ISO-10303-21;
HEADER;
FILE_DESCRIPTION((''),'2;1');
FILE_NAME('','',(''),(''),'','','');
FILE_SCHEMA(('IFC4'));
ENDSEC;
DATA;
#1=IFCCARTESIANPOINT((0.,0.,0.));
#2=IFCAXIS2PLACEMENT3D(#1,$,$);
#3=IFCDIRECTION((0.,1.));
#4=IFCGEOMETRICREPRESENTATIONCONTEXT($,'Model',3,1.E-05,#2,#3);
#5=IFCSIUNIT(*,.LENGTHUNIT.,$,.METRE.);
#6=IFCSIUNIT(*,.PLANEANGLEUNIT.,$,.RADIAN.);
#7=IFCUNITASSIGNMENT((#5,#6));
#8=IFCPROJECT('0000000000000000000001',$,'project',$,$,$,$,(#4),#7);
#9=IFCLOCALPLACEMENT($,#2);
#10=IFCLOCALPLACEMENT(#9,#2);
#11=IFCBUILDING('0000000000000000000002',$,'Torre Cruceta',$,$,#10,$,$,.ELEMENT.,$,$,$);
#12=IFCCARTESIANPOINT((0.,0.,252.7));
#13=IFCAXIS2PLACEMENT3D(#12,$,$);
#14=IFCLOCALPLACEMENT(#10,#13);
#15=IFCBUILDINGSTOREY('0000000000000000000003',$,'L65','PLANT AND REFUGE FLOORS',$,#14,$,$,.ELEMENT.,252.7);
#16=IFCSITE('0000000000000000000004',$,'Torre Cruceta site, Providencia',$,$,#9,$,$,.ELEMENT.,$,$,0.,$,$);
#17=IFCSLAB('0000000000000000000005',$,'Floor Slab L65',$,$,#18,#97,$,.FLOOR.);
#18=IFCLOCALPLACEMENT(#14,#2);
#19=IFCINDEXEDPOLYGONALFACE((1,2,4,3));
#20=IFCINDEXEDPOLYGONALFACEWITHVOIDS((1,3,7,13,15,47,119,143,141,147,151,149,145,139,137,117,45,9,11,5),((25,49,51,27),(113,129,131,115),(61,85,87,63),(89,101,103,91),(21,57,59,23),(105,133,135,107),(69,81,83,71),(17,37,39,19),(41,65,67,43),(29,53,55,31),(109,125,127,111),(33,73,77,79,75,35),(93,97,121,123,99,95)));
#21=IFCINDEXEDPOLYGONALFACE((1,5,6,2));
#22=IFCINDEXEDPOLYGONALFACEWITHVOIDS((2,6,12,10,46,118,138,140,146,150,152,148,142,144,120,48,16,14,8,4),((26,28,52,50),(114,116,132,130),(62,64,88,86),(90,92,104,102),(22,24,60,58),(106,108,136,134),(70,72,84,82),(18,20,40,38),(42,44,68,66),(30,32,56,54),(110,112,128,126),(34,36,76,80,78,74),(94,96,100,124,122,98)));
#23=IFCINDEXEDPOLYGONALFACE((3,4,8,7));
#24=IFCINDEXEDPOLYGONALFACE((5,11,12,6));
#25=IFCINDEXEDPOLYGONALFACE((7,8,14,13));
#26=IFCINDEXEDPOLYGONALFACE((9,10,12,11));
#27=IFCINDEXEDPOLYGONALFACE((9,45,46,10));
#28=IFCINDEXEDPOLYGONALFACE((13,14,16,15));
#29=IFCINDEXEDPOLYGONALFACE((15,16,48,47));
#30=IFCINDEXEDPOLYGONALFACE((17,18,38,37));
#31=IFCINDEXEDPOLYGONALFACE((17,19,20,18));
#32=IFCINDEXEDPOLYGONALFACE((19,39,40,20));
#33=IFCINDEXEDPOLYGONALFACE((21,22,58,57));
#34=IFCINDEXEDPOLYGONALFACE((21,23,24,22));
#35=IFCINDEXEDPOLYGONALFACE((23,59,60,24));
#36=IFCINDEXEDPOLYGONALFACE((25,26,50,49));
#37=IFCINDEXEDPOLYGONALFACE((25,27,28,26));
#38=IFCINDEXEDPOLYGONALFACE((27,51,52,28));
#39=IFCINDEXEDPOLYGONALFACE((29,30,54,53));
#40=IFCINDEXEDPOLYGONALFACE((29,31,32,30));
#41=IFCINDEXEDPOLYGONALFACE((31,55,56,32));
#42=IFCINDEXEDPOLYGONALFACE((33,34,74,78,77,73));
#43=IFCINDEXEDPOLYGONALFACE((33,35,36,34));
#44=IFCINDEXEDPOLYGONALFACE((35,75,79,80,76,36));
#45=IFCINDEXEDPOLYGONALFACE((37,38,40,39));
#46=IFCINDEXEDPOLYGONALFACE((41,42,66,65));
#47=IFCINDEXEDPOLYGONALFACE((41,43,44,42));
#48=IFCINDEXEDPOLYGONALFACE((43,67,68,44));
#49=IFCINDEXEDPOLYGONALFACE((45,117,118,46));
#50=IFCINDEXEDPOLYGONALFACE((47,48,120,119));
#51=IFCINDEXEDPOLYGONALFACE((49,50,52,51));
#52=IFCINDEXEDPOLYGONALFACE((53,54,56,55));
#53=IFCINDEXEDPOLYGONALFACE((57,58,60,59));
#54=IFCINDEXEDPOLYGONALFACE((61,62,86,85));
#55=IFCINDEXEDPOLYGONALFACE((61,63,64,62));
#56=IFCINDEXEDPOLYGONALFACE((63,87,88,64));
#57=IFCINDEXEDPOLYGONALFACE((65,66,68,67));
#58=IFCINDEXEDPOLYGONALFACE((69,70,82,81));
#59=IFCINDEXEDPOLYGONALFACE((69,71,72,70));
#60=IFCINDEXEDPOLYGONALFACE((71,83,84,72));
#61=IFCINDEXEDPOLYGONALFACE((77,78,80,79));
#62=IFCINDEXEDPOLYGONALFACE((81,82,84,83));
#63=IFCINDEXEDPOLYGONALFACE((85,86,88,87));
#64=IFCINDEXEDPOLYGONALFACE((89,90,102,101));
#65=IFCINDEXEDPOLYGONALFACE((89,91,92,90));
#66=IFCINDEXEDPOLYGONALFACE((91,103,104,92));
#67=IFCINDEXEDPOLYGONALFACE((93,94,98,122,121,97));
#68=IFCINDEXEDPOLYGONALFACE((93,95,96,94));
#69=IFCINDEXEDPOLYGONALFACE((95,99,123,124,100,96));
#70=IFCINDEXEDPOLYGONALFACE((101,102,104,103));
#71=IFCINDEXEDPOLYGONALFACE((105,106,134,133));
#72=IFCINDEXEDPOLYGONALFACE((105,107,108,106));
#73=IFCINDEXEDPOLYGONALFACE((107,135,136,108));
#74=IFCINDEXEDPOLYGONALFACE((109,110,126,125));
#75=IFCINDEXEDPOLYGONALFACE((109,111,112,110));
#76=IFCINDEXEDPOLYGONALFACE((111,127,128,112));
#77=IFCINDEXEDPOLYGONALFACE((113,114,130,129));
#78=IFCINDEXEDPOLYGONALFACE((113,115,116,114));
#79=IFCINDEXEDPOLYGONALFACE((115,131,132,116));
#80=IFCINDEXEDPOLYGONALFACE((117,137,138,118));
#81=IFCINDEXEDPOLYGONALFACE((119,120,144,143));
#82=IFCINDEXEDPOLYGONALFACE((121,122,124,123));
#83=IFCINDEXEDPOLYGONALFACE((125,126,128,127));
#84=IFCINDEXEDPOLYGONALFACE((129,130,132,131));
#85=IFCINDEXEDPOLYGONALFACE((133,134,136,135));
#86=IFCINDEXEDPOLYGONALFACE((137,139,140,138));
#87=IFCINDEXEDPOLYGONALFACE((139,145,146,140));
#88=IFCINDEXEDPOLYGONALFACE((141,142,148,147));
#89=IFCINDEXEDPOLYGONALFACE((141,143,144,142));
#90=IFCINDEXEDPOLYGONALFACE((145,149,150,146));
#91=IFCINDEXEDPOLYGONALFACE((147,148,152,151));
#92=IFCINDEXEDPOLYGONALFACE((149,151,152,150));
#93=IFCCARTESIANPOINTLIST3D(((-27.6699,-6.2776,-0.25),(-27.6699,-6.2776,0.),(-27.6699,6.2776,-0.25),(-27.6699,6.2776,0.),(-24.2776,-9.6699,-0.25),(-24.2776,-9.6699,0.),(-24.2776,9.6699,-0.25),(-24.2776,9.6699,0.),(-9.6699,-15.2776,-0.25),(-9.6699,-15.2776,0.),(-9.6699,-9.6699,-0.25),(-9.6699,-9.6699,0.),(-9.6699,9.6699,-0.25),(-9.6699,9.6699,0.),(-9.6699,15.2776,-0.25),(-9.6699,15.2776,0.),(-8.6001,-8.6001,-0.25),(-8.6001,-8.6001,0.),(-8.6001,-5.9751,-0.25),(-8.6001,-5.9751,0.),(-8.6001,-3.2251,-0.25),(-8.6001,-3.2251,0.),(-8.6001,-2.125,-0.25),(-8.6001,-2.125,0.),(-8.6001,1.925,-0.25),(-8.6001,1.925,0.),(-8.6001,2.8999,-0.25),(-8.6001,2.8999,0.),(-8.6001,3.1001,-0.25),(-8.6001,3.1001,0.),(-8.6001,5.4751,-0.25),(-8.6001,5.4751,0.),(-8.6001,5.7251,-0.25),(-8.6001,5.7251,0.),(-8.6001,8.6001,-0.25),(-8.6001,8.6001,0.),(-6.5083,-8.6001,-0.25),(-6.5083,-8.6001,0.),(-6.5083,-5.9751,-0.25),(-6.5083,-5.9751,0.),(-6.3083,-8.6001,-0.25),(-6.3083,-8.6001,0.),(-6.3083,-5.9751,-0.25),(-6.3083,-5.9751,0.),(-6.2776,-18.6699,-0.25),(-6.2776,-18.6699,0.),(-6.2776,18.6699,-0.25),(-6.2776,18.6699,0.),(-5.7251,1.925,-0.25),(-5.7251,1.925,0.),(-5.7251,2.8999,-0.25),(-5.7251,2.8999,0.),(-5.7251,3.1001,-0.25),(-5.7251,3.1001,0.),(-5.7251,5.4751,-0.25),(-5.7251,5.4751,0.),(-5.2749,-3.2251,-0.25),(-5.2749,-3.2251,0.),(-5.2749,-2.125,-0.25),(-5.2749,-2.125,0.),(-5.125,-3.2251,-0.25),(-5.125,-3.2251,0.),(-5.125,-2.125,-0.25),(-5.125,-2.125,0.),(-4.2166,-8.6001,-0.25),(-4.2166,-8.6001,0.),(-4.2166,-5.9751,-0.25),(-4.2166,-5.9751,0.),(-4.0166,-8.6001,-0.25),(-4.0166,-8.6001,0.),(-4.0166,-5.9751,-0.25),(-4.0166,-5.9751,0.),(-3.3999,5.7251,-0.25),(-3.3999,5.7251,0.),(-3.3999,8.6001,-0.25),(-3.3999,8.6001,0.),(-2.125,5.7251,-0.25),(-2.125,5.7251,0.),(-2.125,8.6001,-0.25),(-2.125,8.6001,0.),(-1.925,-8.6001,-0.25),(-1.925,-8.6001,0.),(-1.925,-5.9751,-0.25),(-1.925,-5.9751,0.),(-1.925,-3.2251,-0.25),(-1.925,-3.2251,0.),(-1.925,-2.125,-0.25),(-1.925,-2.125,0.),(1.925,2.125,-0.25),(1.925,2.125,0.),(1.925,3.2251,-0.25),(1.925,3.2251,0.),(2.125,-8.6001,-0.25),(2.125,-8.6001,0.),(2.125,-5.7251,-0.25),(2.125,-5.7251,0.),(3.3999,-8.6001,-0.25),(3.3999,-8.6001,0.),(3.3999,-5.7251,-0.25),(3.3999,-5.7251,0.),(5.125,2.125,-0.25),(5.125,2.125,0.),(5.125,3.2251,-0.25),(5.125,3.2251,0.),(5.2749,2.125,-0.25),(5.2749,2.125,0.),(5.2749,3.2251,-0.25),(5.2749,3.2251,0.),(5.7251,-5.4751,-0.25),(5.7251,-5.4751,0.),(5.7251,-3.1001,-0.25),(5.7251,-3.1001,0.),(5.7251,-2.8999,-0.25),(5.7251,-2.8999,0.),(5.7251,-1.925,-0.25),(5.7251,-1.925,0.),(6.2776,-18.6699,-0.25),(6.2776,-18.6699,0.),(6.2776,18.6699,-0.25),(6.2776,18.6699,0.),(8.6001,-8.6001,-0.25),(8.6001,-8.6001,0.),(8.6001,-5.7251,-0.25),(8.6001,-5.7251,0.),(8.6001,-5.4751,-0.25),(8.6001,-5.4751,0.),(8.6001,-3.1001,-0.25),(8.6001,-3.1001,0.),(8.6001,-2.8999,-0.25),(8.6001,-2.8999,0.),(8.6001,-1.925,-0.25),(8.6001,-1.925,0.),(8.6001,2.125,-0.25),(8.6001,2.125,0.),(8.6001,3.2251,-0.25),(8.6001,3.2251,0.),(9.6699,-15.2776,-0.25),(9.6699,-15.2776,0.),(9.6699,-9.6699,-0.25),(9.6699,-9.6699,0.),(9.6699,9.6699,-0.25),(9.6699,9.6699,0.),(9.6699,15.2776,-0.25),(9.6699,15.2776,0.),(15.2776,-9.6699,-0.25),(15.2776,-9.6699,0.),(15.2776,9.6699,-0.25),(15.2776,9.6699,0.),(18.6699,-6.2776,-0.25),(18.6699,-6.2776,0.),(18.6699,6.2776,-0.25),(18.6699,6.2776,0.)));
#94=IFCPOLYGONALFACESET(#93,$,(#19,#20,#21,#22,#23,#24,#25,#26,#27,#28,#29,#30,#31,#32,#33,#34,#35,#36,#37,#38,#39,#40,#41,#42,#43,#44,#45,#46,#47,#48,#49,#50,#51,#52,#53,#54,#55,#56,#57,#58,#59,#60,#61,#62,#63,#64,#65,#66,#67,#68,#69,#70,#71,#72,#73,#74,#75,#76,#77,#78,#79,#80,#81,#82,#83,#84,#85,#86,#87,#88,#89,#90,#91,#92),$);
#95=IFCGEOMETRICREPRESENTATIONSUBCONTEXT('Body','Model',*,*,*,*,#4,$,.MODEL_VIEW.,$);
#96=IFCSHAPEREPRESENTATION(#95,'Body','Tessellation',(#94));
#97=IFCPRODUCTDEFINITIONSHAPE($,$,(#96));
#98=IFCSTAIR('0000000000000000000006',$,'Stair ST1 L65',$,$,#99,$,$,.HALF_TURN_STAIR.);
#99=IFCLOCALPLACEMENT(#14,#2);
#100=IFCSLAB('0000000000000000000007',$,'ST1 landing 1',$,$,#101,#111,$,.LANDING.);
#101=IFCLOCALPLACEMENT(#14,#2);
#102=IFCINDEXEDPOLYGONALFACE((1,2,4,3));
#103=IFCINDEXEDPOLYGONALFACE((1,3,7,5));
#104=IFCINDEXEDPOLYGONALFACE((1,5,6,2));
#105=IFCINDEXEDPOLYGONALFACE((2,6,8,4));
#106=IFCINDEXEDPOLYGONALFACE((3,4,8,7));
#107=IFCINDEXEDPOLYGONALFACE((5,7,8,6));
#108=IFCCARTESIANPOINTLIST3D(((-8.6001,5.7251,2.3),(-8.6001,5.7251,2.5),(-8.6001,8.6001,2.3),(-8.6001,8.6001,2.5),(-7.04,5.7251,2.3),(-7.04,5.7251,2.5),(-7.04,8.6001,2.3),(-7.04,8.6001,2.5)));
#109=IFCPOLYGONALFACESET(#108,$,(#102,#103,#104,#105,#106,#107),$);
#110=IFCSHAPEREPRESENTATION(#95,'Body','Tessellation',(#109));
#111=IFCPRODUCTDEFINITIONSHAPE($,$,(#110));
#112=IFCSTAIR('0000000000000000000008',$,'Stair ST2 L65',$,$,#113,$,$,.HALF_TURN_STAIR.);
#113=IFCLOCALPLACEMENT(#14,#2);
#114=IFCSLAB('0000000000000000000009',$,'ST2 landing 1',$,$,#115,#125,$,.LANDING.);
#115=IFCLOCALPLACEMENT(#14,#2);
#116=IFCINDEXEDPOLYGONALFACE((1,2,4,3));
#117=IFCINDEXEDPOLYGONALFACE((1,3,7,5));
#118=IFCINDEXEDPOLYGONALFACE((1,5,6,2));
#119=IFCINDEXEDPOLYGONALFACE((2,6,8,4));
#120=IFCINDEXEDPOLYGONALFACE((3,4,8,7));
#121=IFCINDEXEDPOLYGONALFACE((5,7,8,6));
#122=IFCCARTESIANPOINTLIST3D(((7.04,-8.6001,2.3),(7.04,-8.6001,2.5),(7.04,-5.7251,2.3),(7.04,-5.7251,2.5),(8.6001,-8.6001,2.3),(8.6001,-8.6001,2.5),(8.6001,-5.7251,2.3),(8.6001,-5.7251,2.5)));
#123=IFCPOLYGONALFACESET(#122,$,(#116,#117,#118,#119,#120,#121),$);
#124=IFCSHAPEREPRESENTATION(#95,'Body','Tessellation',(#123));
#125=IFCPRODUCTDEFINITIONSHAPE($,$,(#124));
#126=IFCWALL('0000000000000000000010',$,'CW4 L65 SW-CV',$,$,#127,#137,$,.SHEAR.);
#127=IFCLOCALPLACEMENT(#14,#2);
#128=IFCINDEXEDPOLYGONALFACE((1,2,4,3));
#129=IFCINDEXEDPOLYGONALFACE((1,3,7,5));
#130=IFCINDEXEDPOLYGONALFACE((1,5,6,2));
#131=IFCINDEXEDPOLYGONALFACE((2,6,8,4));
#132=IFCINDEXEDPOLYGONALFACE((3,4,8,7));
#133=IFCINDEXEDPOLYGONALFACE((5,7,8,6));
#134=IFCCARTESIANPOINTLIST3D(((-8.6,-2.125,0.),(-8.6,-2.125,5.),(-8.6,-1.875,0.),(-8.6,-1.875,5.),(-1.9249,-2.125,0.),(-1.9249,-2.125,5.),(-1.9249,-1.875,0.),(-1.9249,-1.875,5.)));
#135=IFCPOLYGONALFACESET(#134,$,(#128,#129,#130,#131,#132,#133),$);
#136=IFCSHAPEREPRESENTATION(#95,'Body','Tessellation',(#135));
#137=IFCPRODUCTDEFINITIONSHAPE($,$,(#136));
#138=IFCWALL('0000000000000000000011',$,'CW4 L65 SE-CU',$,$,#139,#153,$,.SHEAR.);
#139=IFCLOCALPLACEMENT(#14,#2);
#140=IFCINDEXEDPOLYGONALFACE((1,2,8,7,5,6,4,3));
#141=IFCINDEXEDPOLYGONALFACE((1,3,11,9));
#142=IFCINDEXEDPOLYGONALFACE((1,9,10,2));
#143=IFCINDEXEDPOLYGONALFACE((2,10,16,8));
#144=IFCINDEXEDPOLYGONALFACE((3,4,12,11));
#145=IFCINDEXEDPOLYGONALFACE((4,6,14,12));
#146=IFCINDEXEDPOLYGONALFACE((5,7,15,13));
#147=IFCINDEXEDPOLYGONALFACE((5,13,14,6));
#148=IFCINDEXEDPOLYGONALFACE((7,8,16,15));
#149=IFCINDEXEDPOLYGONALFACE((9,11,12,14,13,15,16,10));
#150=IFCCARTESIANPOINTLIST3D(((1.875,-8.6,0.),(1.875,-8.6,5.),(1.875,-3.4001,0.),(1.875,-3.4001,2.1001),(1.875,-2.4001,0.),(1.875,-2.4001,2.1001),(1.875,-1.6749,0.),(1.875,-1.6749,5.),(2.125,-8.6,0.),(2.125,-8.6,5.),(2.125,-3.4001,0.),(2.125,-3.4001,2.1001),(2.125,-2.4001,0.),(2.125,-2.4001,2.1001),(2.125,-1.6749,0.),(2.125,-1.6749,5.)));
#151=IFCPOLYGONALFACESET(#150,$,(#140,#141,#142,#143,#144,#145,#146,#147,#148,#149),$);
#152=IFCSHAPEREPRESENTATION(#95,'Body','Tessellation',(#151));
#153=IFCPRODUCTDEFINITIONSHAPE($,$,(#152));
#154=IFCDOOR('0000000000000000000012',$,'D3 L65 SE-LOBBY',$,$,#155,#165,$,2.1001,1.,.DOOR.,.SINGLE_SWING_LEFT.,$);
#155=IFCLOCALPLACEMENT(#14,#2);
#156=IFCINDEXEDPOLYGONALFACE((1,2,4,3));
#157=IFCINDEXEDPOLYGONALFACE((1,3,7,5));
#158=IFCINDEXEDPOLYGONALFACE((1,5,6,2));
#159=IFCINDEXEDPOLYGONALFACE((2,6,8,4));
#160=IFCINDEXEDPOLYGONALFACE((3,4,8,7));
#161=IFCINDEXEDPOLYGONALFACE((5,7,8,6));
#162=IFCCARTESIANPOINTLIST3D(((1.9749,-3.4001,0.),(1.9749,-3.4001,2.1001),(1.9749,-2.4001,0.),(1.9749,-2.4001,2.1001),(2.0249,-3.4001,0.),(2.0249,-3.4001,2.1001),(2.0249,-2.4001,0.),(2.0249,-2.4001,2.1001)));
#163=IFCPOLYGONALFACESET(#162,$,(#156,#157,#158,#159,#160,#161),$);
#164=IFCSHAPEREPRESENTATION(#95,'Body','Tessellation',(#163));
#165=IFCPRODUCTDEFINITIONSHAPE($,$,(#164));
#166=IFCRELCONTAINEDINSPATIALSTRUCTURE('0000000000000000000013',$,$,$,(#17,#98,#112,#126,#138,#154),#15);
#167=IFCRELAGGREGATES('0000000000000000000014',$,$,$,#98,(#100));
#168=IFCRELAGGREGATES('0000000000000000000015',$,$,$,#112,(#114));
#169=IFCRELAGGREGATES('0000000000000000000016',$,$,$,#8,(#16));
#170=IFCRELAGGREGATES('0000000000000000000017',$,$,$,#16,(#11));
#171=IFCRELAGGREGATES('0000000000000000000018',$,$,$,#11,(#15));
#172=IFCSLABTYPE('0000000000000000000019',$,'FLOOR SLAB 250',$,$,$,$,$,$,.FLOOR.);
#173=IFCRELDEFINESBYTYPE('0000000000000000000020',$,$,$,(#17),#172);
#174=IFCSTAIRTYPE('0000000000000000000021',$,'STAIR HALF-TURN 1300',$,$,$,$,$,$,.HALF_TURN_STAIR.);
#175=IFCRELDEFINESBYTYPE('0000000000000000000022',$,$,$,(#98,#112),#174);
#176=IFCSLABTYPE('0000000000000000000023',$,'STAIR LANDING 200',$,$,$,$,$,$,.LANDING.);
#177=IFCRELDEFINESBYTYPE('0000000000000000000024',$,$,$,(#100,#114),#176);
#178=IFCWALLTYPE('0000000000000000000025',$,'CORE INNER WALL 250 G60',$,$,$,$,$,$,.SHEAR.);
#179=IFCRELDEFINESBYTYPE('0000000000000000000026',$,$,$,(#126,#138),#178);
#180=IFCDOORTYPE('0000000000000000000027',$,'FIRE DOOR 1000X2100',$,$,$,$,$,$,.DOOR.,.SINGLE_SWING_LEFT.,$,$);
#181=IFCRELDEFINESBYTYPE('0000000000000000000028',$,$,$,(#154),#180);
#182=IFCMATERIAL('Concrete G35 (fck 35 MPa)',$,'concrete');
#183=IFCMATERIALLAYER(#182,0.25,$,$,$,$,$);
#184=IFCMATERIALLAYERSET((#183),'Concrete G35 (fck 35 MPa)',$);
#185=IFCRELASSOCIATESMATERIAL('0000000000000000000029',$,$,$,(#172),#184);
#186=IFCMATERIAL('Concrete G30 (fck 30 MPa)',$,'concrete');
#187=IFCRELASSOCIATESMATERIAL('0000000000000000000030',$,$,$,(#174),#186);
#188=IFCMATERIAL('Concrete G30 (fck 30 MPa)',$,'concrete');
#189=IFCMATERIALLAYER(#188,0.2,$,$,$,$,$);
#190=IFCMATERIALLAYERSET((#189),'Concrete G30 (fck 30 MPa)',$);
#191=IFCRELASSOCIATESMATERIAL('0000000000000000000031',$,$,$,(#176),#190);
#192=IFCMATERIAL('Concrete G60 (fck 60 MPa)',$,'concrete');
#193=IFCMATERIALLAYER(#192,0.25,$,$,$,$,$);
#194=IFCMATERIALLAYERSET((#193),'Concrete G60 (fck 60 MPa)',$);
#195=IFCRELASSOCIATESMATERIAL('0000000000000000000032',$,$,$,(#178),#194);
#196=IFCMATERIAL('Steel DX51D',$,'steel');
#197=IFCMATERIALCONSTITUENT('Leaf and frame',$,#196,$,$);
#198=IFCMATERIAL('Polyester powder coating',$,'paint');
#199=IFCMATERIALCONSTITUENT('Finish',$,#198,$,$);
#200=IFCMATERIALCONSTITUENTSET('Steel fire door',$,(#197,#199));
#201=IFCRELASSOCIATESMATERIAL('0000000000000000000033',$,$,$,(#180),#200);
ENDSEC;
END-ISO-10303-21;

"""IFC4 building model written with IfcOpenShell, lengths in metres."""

from ifc_helpers import new_model, si_unit, direction, frame, frame_2d, origin, place, context, subcontext, project, spatial, polyline, rectangle, outline, extrude, material, layer, layer_set, constituent, constituent_set, type_object, element, fill, aggregate, save


model = new_model("IFC4")

# Units and contexts
model_context = context("Model", 3, precision=1e-05, world=origin(), true_north=direction((0.0, 1.0)))
body_context = subcontext(model_context, "Body", "Model", "MODEL_VIEW")
ifc_project = project(units=[si_unit("LENGTHUNIT", "METRE"), si_unit("PLANEANGLEUNIT", "RADIAN")], contexts=[model_context])

# Site, building, storey
site_placement = place(None, origin())
site = spatial("IfcSite", under=ifc_project, at=site_placement, Name="Torre Cruceta site, Providencia", CompositionType="ELEMENT", RefElevation=0.0)
building_placement = place(site_placement, origin())
building = spatial("IfcBuilding", under=site, at=building_placement, Name="Torre Cruceta", CompositionType="ELEMENT")
storey_placement = place(building_placement, frame((0.0, 0.0, 252.7)))
storey = spatial("IfcBuildingStorey", under=building, at=storey_placement, Name="L65", Description="PLANT AND REFUGE FLOORS", CompositionType="ELEMENT", Elevation=252.7)

# Slab
ifc_material_1 = material(Name="Concrete G35 (fck 35 MPa)", Category="concrete")
ifc_layer_1 = layer(ifc_material_1, 0.25)
ifc_layer_set_1 = layer_set([ifc_layer_1], Name="Concrete G35 (fck 35 MPa)")
slab_type_1 = type_object("IfcSlabType", Name="FLOOR SLAB 250", PredefinedType="FLOOR", material=ifc_layer_set_1)
slab_1_placement = place(storey_placement, frame((0.0, 0.0, -0.25)))
element("IfcSlab", 1, at=slab_1_placement, inside=storey, type_object=slab_type_1, Name="Floor Slab L65", PredefinedType="FLOOR", context=body_context, shape_type="SweptSolid", body=[
    extrude(outline(polyline([(9.6699, -9.6699), (9.6699, -15.2776), (6.2776, -18.6699), (-6.2776, -18.6699), (-9.6699, -15.2776), (-9.6699, -9.6699), (-24.2776, -9.6699), (-27.6699, -6.2776), (-27.6699, 6.2776), (-24.2776, 9.6699), (-9.6699, 9.6699), (-9.6699, 15.2776), (-6.2776, 18.6699), (6.2776, 18.6699), (9.6699, 15.2776), (9.6699, 9.6699), (15.2776, 9.6699), (18.6699, 6.2776), (18.6699, -6.2776), (15.2776, -9.6699), (9.6699, -9.6699)]), holes=[polyline([(1.925, 2.125), (5.125, 2.125), (5.125, 3.2251), (1.925, 3.2251), (1.925, 2.125)]), polyline([(5.2749, 2.125), (8.6001, 2.125), (8.6001, 3.2251), (5.2749, 3.2251), (5.2749, 2.125)]), polyline([(-8.6001, 3.1001), (-5.7251, 3.1001), (-5.7251, 5.4751), (-8.6001, 5.4751), (-8.6001, 3.1001)]), polyline([(-8.6001, 1.925), (-5.7251, 1.925), (-5.7251, 2.8999), (-8.6001, 2.8999), (-8.6001, 1.925)]), polyline([(-4.0166, -8.6001), (-1.925, -8.6001), (-1.925, -5.9751), (-4.0166, -5.9751), (-4.0166, -8.6001)]), polyline([(-6.3083, -8.6001), (-4.2166, -8.6001), (-4.2166, -5.9751), (-6.3083, -5.9751), (-6.3083, -8.6001)]), polyline([(-8.6001, -8.6001), (-6.5083, -8.6001), (-6.5083, -5.9751), (-8.6001, -5.9751), (-8.6001, -8.6001)]), polyline([(-5.125, -3.2251), (-1.925, -3.2251), (-1.925, -2.125), (-5.125, -2.125), (-5.125, -3.2251)]), polyline([(-8.6001, -3.2251), (-5.2749, -3.2251), (-5.2749, -2.125), (-8.6001, -2.125), (-8.6001, -3.2251)]), polyline([(5.7251, -5.4751), (8.6001, -5.4751), (8.6001, -3.1001), (5.7251, -3.1001), (5.7251, -5.4751)]), polyline([(5.7251, -2.8999), (8.6001, -2.8999), (8.6001, -1.925), (5.7251, -1.925), (5.7251, -2.8999)]), polyline([(-8.6001, 5.7251), (-8.6001, 8.6001), (-3.3999, 8.6001), (-2.125, 8.6001), (-2.125, 5.7251), (-3.3999, 5.7251), (-8.6001, 5.7251)]), polyline([(2.125, -5.7251), (3.3999, -5.7251), (8.6001, -5.7251), (8.6001, -8.6001), (3.3999, -8.6001), (2.125, -8.6001), (2.125, -5.7251)])]), origin(), (0.0, 0.0, 1.0), 0.25),
])

# Stairs, slabs
ifc_material_2 = material(Name="Concrete G30 (fck 30 MPa)", Category="concrete")
stair_type = type_object("IfcStairType", Name="STAIR HALF-TURN 1300", PredefinedType="HALF_TURN_STAIR", material=ifc_material_2)
stair_1_placement = place(storey_placement, origin())
stair_1 = element("IfcStair", 2, at=stair_1_placement, inside=storey, type_object=stair_type, Name="Stair ST1 L65", PredefinedType="HALF_TURN_STAIR")
ifc_material_3 = material(Name="Concrete G30 (fck 30 MPa)", Category="concrete")
ifc_layer_2 = layer(ifc_material_3, 0.2)
ifc_layer_set_2 = layer_set([ifc_layer_2], Name="Concrete G30 (fck 30 MPa)")
slab_type_2 = type_object("IfcSlabType", Name="STAIR LANDING 200", PredefinedType="LANDING", material=ifc_layer_set_2)
slab_2_placement = place(storey_placement, frame((0.0, 0.0, 2.3)))
slab_2 = element("IfcSlab", 3, at=slab_2_placement, type_object=slab_type_2, Name="ST1 landing 1", PredefinedType="LANDING", context=body_context, shape_type="SweptSolid", body=[
    extrude(outline(polyline([(-8.6001, 5.7251), (-7.04, 5.7251), (-7.04, 8.6001), (-8.6001, 8.6001), (-8.6001, 5.7251)])), origin(), (0.0, 0.0, 1.0), 0.2),
])
aggregate(stair_1, [slab_2])
stair_2_placement = place(storey_placement, origin())
stair_2 = element("IfcStair", 4, at=stair_2_placement, inside=storey, type_object=stair_type, Name="Stair ST2 L65", PredefinedType="HALF_TURN_STAIR")
slab_3_placement = place(storey_placement, frame((0.0, 0.0, 2.3)))
slab_3 = element("IfcSlab", 5, at=slab_3_placement, type_object=slab_type_2, Name="ST2 landing 1", PredefinedType="LANDING", context=body_context, shape_type="SweptSolid", body=[
    extrude(outline(polyline([(7.04, -8.6001), (8.6001, -8.6001), (8.6001, -5.7251), (7.04, -5.7251), (7.04, -8.6001)])), origin(), (0.0, 0.0, 1.0), 0.2),
])
aggregate(stair_2, [slab_3])

# Shared definitions
ifc_material_4 = material(Name="Concrete G60 (fck 60 MPa)", Category="concrete")
ifc_layer_3 = layer(ifc_material_4, 0.25)
ifc_layer_set_3 = layer_set([ifc_layer_3], Name="Concrete G60 (fck 60 MPa)")
wall_type_1 = type_object("IfcWallType", Name="CORE INNER WALL 250 G60", PredefinedType="SHEAR", material=ifc_layer_set_3)

# Wall
wall_1_placement = place(storey_placement, frame((-1.925, -2.0, 0.0), z_axis=(0.0, 0.0, 1.0), x_axis=(-1.0, 0.0, 0.0)))
element("IfcWall", 6, at=wall_1_placement, inside=storey, type_object=wall_type_1, Name="CW4 L65 SW-CV", PredefinedType="SHEAR", context=body_context, shape_type="SweptSolid", body=[
    extrude(rectangle(XDim=6.675, YDim=0.25, at=frame_2d((3.3374, 0.0))), origin(), (0.0, 0.0, 1.0), 5.0),
])

# Wall, opening, door
wall_2_placement = place(storey_placement, frame((2.0, -1.675, 0.0), z_axis=(0.0, 0.0, 1.0), x_axis=(0.0, -1.0, 0.0)))
wall_2 = element("IfcWall", 7, at=wall_2_placement, inside=storey, type_object=wall_type_1, Name="CW4 L65 SE-CU", PredefinedType="SHEAR", context=body_context, shape_type="SweptSolid", body=[
    extrude(rectangle(XDim=6.925, YDim=0.25, at=frame_2d((3.4624, 0.0))), origin(), (0.0, 0.0, 1.0), 5.0),
])
opening_1_placement = place(wall_2_placement, frame((0.7251, 0.0, 0.0)))
opening_1 = element("IfcOpeningElement", 8, at=opening_1_placement, cuts=wall_2, PredefinedType="OPENING", context=body_context, shape_type="SweptSolid", body=[
    extrude(rectangle(XDim=1.0, YDim=2.1001, at=frame_2d((0.5, 1.05))), frame((0.0, 0.135, 0.0), z_axis=(0.0, -1.0, 0.0), x_axis=(1.0, 0.0, 0.0)), (0.0, 0.0, 1.0), 0.27),
])
ifc_material_5 = material(Name="Steel DX51D", Category="steel")
ifc_constituent_1 = constituent(ifc_material_5, Name="Leaf and frame")
ifc_material_6 = material(Name="Polyester powder coating", Category="paint")
ifc_constituent_2 = constituent(ifc_material_6, Name="Finish")
ifc_constituent_set_1 = constituent_set(constituents=[ifc_constituent_1, ifc_constituent_2], Name="Steel fire door")
door_type_1 = type_object("IfcDoorType", Name="FIRE DOOR 1000X2100", OperationType="SINGLE_SWING_LEFT", PredefinedType="DOOR", material=ifc_constituent_set_1)
door_1_placement = place(opening_1_placement, origin())
door_1 = element("IfcDoor", 9, at=door_1_placement, inside=storey, type_object=door_type_1, Name="D3 L65 SE-LOBBY", OperationType="SINGLE_SWING_LEFT", OverallHeight=2.1001, OverallWidth=1.0, PredefinedType="DOOR", context=body_context, shape_type="SweptSolid", body=[
    extrude(rectangle(XDim=1.0, YDim=2.1001, at=frame_2d((0.5, 1.05))), frame((0.0, 0.0249, 0.0), z_axis=(0.0, -1.0, 0.0), x_axis=(1.0, 0.0, 0.0)), (0.0, 0.0, 1.0), 0.05),
])
fill(opening_1, door_1)

save(model, "model.ifc")
